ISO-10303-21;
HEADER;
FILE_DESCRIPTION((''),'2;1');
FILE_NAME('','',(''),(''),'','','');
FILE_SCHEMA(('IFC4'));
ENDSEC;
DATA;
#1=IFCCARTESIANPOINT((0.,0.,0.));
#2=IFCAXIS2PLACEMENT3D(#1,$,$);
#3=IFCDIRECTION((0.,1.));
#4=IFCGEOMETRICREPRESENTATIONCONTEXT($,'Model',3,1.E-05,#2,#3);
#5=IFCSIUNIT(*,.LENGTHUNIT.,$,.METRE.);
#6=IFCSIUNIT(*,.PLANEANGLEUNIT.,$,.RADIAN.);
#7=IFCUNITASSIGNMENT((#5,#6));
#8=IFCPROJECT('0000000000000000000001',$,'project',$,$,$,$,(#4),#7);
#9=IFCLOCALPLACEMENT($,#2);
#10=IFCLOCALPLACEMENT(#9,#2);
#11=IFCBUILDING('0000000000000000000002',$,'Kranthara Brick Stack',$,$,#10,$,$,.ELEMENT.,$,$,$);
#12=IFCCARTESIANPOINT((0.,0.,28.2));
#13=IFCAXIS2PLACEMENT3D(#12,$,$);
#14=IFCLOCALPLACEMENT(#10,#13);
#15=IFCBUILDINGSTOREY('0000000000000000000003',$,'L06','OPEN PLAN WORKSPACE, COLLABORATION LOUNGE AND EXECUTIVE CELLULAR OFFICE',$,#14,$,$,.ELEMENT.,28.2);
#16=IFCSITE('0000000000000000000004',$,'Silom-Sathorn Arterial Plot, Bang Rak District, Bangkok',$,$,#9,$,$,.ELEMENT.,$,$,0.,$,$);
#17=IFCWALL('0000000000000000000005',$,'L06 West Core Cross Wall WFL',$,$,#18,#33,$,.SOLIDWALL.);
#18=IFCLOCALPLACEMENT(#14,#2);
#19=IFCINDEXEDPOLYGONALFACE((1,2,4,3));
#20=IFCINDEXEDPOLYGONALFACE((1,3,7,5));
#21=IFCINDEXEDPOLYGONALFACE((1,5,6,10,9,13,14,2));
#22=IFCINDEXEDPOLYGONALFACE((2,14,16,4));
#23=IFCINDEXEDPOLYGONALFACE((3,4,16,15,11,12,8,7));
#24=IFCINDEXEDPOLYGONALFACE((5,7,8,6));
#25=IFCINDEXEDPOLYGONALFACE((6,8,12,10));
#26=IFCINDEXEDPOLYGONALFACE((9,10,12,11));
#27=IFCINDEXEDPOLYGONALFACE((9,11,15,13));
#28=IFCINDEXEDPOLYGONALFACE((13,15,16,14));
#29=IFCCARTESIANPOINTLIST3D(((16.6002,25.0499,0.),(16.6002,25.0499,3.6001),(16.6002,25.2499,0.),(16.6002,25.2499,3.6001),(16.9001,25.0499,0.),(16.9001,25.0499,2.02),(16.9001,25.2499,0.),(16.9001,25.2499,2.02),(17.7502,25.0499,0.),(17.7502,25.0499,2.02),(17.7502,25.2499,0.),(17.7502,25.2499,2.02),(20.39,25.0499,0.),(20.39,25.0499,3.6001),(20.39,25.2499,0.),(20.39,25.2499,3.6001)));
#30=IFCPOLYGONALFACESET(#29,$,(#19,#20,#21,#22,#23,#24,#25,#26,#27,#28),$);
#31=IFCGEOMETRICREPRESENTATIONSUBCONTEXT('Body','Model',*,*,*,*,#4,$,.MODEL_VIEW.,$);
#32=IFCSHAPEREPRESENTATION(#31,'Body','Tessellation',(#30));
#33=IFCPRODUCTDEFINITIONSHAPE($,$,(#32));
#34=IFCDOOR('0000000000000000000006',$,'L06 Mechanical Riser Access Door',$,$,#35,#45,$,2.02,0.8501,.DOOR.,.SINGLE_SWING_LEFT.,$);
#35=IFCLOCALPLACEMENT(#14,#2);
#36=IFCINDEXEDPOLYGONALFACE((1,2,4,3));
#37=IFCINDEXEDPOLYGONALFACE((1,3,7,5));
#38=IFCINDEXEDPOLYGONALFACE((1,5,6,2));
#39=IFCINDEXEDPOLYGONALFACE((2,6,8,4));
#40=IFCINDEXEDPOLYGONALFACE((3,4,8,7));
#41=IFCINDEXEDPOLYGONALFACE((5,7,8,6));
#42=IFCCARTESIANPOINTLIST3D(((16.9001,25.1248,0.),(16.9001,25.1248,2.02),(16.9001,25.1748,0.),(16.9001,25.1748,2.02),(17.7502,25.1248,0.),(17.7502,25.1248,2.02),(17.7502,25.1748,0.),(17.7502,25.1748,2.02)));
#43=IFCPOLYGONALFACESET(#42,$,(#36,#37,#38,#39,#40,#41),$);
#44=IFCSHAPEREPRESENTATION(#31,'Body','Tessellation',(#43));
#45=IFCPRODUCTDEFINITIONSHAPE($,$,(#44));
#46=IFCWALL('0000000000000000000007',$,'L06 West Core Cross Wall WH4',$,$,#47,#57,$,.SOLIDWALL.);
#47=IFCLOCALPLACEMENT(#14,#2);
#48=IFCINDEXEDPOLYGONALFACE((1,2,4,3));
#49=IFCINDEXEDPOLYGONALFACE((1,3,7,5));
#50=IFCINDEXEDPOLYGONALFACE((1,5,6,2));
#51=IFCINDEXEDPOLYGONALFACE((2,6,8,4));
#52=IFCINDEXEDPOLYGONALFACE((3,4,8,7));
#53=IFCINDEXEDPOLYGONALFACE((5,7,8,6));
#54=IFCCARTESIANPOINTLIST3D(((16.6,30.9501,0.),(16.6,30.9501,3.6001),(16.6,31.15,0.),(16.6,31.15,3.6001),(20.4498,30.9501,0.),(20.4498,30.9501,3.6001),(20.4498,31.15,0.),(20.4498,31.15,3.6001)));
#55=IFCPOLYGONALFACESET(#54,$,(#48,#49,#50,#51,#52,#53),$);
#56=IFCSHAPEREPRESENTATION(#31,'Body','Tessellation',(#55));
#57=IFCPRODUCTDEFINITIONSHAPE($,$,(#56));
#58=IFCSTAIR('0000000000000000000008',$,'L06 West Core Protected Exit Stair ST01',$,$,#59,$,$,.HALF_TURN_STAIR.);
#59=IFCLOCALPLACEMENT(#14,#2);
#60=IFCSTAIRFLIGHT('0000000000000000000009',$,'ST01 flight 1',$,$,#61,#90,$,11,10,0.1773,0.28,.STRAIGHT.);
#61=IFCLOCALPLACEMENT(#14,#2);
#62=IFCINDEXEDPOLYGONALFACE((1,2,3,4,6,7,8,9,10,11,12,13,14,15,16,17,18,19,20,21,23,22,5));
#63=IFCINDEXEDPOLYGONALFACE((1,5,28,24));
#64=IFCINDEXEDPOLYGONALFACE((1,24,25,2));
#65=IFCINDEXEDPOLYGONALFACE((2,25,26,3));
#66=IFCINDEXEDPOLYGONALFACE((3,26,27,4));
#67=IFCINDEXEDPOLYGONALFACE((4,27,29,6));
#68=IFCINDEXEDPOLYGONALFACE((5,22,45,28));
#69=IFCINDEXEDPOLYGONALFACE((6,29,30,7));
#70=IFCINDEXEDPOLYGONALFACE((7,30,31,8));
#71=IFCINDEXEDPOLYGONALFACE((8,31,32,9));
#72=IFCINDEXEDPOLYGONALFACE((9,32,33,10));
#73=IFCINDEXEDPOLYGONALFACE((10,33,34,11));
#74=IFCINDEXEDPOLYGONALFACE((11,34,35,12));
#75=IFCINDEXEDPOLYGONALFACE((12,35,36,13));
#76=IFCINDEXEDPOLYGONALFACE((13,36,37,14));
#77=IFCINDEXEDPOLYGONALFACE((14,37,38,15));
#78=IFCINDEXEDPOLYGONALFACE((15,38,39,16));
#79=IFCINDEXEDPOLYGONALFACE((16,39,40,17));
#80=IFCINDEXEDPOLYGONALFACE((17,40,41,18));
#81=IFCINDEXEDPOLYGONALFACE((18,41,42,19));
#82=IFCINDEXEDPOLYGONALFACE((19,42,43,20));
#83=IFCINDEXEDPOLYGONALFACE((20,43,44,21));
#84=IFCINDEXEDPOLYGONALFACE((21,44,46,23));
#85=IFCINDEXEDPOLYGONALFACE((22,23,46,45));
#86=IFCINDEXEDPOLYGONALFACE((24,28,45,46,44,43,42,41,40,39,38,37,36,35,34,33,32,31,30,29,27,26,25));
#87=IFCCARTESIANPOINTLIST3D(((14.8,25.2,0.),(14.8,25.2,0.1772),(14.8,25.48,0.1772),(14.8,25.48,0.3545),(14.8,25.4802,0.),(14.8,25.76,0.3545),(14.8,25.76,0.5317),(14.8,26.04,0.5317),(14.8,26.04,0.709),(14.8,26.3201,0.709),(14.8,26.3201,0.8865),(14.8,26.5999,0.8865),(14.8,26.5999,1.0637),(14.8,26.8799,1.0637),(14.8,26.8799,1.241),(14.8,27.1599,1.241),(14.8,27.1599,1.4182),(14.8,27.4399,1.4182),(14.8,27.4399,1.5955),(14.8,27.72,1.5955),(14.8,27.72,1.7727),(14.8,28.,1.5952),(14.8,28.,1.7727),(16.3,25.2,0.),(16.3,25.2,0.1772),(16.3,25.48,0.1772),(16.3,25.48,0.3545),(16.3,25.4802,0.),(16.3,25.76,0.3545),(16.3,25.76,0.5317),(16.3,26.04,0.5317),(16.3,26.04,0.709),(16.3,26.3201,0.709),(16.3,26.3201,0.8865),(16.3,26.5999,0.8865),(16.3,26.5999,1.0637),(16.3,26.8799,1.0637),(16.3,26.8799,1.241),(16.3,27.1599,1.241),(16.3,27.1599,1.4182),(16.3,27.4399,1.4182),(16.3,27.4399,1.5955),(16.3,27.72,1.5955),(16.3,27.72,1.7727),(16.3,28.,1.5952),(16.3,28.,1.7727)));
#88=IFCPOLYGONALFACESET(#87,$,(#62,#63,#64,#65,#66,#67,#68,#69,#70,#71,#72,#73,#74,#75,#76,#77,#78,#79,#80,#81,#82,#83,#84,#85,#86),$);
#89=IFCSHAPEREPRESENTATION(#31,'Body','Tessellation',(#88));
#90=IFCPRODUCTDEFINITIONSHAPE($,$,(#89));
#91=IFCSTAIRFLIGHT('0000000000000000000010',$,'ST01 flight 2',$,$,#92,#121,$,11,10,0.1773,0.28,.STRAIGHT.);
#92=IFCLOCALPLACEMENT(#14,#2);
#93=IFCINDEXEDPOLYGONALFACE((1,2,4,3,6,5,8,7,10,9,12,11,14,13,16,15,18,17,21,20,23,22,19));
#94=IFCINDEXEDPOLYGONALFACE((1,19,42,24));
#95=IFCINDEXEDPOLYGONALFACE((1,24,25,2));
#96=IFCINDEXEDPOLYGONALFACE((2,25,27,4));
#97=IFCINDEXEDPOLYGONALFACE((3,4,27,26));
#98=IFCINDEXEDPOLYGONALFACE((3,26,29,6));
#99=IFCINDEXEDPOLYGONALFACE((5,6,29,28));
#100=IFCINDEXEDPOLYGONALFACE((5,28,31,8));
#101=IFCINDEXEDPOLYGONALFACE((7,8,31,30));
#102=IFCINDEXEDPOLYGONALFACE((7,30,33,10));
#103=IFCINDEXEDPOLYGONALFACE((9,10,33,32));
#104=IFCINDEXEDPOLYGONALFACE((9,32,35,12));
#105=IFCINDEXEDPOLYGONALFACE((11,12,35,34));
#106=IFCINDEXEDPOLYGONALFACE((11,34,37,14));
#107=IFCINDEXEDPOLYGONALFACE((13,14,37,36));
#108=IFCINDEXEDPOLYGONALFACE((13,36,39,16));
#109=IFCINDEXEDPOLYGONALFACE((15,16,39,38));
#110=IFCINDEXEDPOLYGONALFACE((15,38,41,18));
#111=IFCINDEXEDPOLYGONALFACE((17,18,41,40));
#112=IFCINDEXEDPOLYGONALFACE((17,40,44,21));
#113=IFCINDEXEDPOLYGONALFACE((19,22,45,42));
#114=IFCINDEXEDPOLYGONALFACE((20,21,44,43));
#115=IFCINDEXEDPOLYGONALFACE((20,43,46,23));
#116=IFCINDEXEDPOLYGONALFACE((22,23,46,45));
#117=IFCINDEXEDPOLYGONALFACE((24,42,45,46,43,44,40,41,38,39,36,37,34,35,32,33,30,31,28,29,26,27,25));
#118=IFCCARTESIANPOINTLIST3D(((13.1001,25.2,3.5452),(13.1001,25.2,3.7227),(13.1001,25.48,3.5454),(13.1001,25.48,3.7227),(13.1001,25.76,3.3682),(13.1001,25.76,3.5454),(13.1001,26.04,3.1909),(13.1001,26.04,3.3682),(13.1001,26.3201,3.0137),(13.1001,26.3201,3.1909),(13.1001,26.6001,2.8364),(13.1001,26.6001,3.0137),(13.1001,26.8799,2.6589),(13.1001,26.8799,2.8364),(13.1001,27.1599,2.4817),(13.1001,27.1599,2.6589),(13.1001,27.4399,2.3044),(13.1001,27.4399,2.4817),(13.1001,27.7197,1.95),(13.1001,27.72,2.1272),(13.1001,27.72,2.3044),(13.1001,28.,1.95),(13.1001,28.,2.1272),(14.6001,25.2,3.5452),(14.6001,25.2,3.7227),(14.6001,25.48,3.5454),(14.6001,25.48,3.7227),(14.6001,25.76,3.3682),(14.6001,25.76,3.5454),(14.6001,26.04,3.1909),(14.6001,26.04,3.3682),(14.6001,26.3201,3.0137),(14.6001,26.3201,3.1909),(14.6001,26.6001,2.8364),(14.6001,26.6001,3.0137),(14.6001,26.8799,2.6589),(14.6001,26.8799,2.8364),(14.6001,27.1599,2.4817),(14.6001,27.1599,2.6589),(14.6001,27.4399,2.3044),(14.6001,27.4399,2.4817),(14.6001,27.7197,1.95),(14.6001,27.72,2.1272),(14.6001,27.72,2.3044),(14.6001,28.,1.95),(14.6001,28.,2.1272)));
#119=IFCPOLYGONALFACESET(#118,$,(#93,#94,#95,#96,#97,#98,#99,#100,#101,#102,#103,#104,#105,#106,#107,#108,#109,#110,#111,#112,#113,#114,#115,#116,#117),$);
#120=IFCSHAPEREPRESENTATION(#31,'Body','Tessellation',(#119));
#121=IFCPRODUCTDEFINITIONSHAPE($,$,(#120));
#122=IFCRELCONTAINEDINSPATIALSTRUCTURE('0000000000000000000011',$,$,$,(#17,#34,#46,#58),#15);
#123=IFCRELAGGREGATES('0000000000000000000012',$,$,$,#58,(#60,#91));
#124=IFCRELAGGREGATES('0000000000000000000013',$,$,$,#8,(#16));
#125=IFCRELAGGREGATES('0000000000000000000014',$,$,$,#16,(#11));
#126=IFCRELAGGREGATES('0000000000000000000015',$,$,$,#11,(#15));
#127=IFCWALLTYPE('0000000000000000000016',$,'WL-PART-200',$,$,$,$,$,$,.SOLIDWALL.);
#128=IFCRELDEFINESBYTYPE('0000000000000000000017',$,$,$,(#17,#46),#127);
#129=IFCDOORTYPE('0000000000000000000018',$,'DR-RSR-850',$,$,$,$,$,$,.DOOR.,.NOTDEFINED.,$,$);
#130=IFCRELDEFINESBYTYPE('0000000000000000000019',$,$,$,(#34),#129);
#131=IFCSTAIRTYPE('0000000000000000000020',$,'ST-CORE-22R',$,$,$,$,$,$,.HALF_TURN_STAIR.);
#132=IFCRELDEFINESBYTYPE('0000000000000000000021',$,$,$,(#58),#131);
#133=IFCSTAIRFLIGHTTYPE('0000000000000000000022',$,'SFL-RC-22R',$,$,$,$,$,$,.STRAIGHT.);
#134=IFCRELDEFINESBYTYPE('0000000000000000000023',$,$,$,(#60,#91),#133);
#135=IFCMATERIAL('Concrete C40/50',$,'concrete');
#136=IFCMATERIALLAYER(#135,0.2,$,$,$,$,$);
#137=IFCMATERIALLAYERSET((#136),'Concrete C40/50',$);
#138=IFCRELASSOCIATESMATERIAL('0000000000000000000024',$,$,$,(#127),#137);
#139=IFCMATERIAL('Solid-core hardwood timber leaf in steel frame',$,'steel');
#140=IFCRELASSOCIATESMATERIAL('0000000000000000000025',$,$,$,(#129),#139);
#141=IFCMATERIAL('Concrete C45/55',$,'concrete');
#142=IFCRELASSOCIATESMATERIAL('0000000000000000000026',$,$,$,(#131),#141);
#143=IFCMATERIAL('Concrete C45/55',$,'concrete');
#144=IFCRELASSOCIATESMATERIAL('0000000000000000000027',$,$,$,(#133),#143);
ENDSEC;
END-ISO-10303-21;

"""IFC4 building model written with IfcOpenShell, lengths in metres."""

from ifc_helpers import new_model, si_unit, direction, frame, frame_2d, origin, place, context, subcontext, project, spatial, polyline, rectangle, outline, extrude, material, layer, layer_set, type_object, element, fill, aggregate, save


model = new_model("IFC4")

# Units and contexts
model_context = context("Model", 3, precision=1e-05, world=origin(), true_north=direction((0.0, 1.0)))
body_context = subcontext(model_context, "Body", "Model", "MODEL_VIEW")
ifc_project = project(units=[si_unit("LENGTHUNIT", "METRE"), si_unit("PLANEANGLEUNIT", "RADIAN")], contexts=[model_context])

# Site, building, storey
site_placement = place(None, origin())
site = spatial("IfcSite", under=ifc_project, at=site_placement, Name="Silom-Sathorn Arterial Plot, Bang Rak District, Bangkok", CompositionType="ELEMENT", RefElevation=0.0)
building_placement = place(site_placement, origin())
building = spatial("IfcBuilding", under=site, at=building_placement, Name="Kranthara Brick Stack", CompositionType="ELEMENT")
storey_placement = place(building_placement, frame((0.0, 0.0, 28.2)))
storey = spatial("IfcBuildingStorey", under=building, at=storey_placement, Name="L06", Description="OPEN PLAN WORKSPACE, COLLABORATION LOUNGE AND EXECUTIVE CELLULAR OFFICE", CompositionType="ELEMENT", Elevation=28.2)

# Wall, opening, door
ifc_material_1 = material(Name="Concrete C40/50", Category="concrete")
ifc_layer_1 = layer(ifc_material_1, 0.2)
ifc_layer_set_1 = layer_set([ifc_layer_1], Name="Concrete C40/50")
wall_type_1 = type_object("IfcWallType", Name="WL-PART-200", PredefinedType="SOLIDWALL", material=ifc_layer_set_1)
wall_1_placement = place(storey_placement, frame((16.6001, 25.1499, 0.0), z_axis=(0.0, 0.0, 1.0), x_axis=(1.0, 0.0, 0.0)))
wall_1 = element("IfcWall", 1, at=wall_1_placement, inside=storey, type_object=wall_type_1, Name="L06 West Core Cross Wall WFL", PredefinedType="SOLIDWALL", context=body_context, shape_type="SweptSolid", body=[
    extrude(rectangle(XDim=3.7898, YDim=0.2, at=frame_2d((1.895, 0.0))), origin(), (0.0, 0.0, 1.0), 3.6001),
])
opening_1_placement = place(wall_1_placement, frame((0.3, 0.0, 0.0)))
opening_1 = element("IfcOpeningElement", 2, at=opening_1_placement, cuts=wall_1, PredefinedType="OPENING", context=body_context, shape_type="SweptSolid", body=[
    extrude(rectangle(XDim=0.8501, YDim=2.02, at=frame_2d((0.425, 1.01))), frame((0.0, 0.1099, 0.0), z_axis=(0.0, -1.0, 0.0), x_axis=(1.0, 0.0, 0.0)), (0.0, 0.0, 1.0), 0.22),
])
ifc_material_2 = material(Name="Solid-core hardwood timber leaf in steel frame", Category="steel")
door_type_1 = type_object("IfcDoorType", Name="DR-RSR-850", OperationType="NOTDEFINED", PredefinedType="DOOR", material=ifc_material_2)
door_1_placement = place(opening_1_placement, origin())
door_1 = element("IfcDoor", 3, at=door_1_placement, inside=storey, type_object=door_type_1, Name="L06 Mechanical Riser Access Door", OperationType="SINGLE_SWING_LEFT", OverallHeight=2.02, OverallWidth=0.8501, PredefinedType="DOOR", context=body_context, shape_type="SweptSolid", body=[
    extrude(rectangle(XDim=0.8501, YDim=2.02, at=frame_2d((0.425, 1.01))), frame((0.0, 0.0249, 0.0), z_axis=(0.0, -1.0, 0.0), x_axis=(1.0, 0.0, 0.0)), (0.0, 0.0, 1.0), 0.05),
])
fill(opening_1, door_1)

# Wall
wall_2_placement = place(storey_placement, frame((16.6001, 31.05, 0.0), z_axis=(0.0, 0.0, 1.0), x_axis=(1.0, 0.0, 0.0)))
element("IfcWall", 4, at=wall_2_placement, inside=storey, type_object=wall_type_1, Name="L06 West Core Cross Wall WH4", PredefinedType="SOLIDWALL", context=body_context, shape_type="SweptSolid", body=[
    extrude(rectangle(XDim=3.8499, YDim=0.2, at=frame_2d((1.9248, 0.0))), origin(), (0.0, 0.0, 1.0), 3.6001),
])

# Stair, stair flights
ifc_material_3 = material(Name="Concrete C45/55", Category="concrete")
stair_type = type_object("IfcStairType", Name="ST-CORE-22R", PredefinedType="HALF_TURN_STAIR", material=ifc_material_3)
stair_placement = place(storey_placement, origin())
stair = element("IfcStair", 5, at=stair_placement, inside=storey, type_object=stair_type, Name="L06 West Core Protected Exit Stair ST01", PredefinedType="HALF_TURN_STAIR")
ifc_material_4 = material(Name="Concrete C45/55", Category="concrete")
stair_flight_type = type_object("IfcStairFlightType", Name="SFL-RC-22R", PredefinedType="STRAIGHT", material=ifc_material_4)
stair_flight_1_placement = place(storey_placement, frame((15.55, 25.2, 0.0), z_axis=(0.0, 0.0, 1.0), x_axis=(0.0, 1.0, 0.0)))
stair_flight_1 = element("IfcStairFlight", 6, at=stair_flight_1_placement, type_object=stair_flight_type, Name="ST01 flight 1", NumberOfRisers=11, NumberOfTreads=10, PredefinedType="STRAIGHT", RiserHeight=0.1773, TreadLength=0.28, context=body_context, shape_type="SweptSolid", body=[
    extrude(outline(polyline([(0.0, 0.0), (0.0, 0.1772), (0.28, 0.1772), (0.28, 0.3545), (0.5601, 0.3545), (0.5601, 0.5317), (0.8401, 0.5317), (0.8401, 0.709), (1.1201, 0.709), (1.1201, 0.8865), (1.3999, 0.8865), (1.3999, 1.0637), (1.6799, 1.0637), (1.6799, 1.241), (1.96, 1.241), (1.96, 1.4182), (2.24, 1.4182), (2.24, 1.5955), (2.52, 1.5955), (2.52, 1.7727), (2.8, 1.7727), (2.8, 1.95), (2.8, 1.5952), (0.2803, 0.0), (0.0, 0.0)])), frame((0.0, 0.75, 0.0), z_axis=(0.0, -1.0, 0.0), x_axis=(1.0, 0.0, 0.0)), (0.0, 0.0, 1.0), 1.5),
])
stair_flight_2_placement = place(storey_placement, frame((13.8501, 28.0, 1.95), z_axis=(0.0, 0.0, 1.0), x_axis=(0.0, -1.0, 0.0)))
stair_flight_2 = element("IfcStairFlight", 7, at=stair_flight_2_placement, type_object=stair_flight_type, Name="ST01 flight 2", NumberOfRisers=11, NumberOfTreads=10, PredefinedType="STRAIGHT", RiserHeight=0.1773, TreadLength=0.28, context=body_context, shape_type="SweptSolid", body=[
    extrude(outline(polyline([(0.0, 0.0), (0.0, 0.1772), (0.28, 0.1772), (0.28, 0.3545), (0.5601, 0.3545), (0.5601, 0.5317), (0.8401, 0.5317), (0.8401, 0.709), (1.1201, 0.709), (1.1201, 0.8865), (1.3999, 0.8865), (1.3999, 1.0637), (1.6799, 1.0637), (1.6799, 1.241), (1.96, 1.241), (1.96, 1.4182), (2.24, 1.4182), (2.24, 1.5955), (2.52, 1.5955), (2.52, 1.7727), (2.8, 1.7727), (2.8, 1.95), (2.8, 1.5952), (0.2803, 0.0), (0.0, 0.0)])), frame((0.0, 0.75, 0.0), z_axis=(0.0, -1.0, 0.0), x_axis=(1.0, 0.0, 0.0)), (0.0, 0.0, 1.0), 1.5),
])
aggregate(stair, [stair_flight_1, stair_flight_2])

save(model, "model.ifc")
